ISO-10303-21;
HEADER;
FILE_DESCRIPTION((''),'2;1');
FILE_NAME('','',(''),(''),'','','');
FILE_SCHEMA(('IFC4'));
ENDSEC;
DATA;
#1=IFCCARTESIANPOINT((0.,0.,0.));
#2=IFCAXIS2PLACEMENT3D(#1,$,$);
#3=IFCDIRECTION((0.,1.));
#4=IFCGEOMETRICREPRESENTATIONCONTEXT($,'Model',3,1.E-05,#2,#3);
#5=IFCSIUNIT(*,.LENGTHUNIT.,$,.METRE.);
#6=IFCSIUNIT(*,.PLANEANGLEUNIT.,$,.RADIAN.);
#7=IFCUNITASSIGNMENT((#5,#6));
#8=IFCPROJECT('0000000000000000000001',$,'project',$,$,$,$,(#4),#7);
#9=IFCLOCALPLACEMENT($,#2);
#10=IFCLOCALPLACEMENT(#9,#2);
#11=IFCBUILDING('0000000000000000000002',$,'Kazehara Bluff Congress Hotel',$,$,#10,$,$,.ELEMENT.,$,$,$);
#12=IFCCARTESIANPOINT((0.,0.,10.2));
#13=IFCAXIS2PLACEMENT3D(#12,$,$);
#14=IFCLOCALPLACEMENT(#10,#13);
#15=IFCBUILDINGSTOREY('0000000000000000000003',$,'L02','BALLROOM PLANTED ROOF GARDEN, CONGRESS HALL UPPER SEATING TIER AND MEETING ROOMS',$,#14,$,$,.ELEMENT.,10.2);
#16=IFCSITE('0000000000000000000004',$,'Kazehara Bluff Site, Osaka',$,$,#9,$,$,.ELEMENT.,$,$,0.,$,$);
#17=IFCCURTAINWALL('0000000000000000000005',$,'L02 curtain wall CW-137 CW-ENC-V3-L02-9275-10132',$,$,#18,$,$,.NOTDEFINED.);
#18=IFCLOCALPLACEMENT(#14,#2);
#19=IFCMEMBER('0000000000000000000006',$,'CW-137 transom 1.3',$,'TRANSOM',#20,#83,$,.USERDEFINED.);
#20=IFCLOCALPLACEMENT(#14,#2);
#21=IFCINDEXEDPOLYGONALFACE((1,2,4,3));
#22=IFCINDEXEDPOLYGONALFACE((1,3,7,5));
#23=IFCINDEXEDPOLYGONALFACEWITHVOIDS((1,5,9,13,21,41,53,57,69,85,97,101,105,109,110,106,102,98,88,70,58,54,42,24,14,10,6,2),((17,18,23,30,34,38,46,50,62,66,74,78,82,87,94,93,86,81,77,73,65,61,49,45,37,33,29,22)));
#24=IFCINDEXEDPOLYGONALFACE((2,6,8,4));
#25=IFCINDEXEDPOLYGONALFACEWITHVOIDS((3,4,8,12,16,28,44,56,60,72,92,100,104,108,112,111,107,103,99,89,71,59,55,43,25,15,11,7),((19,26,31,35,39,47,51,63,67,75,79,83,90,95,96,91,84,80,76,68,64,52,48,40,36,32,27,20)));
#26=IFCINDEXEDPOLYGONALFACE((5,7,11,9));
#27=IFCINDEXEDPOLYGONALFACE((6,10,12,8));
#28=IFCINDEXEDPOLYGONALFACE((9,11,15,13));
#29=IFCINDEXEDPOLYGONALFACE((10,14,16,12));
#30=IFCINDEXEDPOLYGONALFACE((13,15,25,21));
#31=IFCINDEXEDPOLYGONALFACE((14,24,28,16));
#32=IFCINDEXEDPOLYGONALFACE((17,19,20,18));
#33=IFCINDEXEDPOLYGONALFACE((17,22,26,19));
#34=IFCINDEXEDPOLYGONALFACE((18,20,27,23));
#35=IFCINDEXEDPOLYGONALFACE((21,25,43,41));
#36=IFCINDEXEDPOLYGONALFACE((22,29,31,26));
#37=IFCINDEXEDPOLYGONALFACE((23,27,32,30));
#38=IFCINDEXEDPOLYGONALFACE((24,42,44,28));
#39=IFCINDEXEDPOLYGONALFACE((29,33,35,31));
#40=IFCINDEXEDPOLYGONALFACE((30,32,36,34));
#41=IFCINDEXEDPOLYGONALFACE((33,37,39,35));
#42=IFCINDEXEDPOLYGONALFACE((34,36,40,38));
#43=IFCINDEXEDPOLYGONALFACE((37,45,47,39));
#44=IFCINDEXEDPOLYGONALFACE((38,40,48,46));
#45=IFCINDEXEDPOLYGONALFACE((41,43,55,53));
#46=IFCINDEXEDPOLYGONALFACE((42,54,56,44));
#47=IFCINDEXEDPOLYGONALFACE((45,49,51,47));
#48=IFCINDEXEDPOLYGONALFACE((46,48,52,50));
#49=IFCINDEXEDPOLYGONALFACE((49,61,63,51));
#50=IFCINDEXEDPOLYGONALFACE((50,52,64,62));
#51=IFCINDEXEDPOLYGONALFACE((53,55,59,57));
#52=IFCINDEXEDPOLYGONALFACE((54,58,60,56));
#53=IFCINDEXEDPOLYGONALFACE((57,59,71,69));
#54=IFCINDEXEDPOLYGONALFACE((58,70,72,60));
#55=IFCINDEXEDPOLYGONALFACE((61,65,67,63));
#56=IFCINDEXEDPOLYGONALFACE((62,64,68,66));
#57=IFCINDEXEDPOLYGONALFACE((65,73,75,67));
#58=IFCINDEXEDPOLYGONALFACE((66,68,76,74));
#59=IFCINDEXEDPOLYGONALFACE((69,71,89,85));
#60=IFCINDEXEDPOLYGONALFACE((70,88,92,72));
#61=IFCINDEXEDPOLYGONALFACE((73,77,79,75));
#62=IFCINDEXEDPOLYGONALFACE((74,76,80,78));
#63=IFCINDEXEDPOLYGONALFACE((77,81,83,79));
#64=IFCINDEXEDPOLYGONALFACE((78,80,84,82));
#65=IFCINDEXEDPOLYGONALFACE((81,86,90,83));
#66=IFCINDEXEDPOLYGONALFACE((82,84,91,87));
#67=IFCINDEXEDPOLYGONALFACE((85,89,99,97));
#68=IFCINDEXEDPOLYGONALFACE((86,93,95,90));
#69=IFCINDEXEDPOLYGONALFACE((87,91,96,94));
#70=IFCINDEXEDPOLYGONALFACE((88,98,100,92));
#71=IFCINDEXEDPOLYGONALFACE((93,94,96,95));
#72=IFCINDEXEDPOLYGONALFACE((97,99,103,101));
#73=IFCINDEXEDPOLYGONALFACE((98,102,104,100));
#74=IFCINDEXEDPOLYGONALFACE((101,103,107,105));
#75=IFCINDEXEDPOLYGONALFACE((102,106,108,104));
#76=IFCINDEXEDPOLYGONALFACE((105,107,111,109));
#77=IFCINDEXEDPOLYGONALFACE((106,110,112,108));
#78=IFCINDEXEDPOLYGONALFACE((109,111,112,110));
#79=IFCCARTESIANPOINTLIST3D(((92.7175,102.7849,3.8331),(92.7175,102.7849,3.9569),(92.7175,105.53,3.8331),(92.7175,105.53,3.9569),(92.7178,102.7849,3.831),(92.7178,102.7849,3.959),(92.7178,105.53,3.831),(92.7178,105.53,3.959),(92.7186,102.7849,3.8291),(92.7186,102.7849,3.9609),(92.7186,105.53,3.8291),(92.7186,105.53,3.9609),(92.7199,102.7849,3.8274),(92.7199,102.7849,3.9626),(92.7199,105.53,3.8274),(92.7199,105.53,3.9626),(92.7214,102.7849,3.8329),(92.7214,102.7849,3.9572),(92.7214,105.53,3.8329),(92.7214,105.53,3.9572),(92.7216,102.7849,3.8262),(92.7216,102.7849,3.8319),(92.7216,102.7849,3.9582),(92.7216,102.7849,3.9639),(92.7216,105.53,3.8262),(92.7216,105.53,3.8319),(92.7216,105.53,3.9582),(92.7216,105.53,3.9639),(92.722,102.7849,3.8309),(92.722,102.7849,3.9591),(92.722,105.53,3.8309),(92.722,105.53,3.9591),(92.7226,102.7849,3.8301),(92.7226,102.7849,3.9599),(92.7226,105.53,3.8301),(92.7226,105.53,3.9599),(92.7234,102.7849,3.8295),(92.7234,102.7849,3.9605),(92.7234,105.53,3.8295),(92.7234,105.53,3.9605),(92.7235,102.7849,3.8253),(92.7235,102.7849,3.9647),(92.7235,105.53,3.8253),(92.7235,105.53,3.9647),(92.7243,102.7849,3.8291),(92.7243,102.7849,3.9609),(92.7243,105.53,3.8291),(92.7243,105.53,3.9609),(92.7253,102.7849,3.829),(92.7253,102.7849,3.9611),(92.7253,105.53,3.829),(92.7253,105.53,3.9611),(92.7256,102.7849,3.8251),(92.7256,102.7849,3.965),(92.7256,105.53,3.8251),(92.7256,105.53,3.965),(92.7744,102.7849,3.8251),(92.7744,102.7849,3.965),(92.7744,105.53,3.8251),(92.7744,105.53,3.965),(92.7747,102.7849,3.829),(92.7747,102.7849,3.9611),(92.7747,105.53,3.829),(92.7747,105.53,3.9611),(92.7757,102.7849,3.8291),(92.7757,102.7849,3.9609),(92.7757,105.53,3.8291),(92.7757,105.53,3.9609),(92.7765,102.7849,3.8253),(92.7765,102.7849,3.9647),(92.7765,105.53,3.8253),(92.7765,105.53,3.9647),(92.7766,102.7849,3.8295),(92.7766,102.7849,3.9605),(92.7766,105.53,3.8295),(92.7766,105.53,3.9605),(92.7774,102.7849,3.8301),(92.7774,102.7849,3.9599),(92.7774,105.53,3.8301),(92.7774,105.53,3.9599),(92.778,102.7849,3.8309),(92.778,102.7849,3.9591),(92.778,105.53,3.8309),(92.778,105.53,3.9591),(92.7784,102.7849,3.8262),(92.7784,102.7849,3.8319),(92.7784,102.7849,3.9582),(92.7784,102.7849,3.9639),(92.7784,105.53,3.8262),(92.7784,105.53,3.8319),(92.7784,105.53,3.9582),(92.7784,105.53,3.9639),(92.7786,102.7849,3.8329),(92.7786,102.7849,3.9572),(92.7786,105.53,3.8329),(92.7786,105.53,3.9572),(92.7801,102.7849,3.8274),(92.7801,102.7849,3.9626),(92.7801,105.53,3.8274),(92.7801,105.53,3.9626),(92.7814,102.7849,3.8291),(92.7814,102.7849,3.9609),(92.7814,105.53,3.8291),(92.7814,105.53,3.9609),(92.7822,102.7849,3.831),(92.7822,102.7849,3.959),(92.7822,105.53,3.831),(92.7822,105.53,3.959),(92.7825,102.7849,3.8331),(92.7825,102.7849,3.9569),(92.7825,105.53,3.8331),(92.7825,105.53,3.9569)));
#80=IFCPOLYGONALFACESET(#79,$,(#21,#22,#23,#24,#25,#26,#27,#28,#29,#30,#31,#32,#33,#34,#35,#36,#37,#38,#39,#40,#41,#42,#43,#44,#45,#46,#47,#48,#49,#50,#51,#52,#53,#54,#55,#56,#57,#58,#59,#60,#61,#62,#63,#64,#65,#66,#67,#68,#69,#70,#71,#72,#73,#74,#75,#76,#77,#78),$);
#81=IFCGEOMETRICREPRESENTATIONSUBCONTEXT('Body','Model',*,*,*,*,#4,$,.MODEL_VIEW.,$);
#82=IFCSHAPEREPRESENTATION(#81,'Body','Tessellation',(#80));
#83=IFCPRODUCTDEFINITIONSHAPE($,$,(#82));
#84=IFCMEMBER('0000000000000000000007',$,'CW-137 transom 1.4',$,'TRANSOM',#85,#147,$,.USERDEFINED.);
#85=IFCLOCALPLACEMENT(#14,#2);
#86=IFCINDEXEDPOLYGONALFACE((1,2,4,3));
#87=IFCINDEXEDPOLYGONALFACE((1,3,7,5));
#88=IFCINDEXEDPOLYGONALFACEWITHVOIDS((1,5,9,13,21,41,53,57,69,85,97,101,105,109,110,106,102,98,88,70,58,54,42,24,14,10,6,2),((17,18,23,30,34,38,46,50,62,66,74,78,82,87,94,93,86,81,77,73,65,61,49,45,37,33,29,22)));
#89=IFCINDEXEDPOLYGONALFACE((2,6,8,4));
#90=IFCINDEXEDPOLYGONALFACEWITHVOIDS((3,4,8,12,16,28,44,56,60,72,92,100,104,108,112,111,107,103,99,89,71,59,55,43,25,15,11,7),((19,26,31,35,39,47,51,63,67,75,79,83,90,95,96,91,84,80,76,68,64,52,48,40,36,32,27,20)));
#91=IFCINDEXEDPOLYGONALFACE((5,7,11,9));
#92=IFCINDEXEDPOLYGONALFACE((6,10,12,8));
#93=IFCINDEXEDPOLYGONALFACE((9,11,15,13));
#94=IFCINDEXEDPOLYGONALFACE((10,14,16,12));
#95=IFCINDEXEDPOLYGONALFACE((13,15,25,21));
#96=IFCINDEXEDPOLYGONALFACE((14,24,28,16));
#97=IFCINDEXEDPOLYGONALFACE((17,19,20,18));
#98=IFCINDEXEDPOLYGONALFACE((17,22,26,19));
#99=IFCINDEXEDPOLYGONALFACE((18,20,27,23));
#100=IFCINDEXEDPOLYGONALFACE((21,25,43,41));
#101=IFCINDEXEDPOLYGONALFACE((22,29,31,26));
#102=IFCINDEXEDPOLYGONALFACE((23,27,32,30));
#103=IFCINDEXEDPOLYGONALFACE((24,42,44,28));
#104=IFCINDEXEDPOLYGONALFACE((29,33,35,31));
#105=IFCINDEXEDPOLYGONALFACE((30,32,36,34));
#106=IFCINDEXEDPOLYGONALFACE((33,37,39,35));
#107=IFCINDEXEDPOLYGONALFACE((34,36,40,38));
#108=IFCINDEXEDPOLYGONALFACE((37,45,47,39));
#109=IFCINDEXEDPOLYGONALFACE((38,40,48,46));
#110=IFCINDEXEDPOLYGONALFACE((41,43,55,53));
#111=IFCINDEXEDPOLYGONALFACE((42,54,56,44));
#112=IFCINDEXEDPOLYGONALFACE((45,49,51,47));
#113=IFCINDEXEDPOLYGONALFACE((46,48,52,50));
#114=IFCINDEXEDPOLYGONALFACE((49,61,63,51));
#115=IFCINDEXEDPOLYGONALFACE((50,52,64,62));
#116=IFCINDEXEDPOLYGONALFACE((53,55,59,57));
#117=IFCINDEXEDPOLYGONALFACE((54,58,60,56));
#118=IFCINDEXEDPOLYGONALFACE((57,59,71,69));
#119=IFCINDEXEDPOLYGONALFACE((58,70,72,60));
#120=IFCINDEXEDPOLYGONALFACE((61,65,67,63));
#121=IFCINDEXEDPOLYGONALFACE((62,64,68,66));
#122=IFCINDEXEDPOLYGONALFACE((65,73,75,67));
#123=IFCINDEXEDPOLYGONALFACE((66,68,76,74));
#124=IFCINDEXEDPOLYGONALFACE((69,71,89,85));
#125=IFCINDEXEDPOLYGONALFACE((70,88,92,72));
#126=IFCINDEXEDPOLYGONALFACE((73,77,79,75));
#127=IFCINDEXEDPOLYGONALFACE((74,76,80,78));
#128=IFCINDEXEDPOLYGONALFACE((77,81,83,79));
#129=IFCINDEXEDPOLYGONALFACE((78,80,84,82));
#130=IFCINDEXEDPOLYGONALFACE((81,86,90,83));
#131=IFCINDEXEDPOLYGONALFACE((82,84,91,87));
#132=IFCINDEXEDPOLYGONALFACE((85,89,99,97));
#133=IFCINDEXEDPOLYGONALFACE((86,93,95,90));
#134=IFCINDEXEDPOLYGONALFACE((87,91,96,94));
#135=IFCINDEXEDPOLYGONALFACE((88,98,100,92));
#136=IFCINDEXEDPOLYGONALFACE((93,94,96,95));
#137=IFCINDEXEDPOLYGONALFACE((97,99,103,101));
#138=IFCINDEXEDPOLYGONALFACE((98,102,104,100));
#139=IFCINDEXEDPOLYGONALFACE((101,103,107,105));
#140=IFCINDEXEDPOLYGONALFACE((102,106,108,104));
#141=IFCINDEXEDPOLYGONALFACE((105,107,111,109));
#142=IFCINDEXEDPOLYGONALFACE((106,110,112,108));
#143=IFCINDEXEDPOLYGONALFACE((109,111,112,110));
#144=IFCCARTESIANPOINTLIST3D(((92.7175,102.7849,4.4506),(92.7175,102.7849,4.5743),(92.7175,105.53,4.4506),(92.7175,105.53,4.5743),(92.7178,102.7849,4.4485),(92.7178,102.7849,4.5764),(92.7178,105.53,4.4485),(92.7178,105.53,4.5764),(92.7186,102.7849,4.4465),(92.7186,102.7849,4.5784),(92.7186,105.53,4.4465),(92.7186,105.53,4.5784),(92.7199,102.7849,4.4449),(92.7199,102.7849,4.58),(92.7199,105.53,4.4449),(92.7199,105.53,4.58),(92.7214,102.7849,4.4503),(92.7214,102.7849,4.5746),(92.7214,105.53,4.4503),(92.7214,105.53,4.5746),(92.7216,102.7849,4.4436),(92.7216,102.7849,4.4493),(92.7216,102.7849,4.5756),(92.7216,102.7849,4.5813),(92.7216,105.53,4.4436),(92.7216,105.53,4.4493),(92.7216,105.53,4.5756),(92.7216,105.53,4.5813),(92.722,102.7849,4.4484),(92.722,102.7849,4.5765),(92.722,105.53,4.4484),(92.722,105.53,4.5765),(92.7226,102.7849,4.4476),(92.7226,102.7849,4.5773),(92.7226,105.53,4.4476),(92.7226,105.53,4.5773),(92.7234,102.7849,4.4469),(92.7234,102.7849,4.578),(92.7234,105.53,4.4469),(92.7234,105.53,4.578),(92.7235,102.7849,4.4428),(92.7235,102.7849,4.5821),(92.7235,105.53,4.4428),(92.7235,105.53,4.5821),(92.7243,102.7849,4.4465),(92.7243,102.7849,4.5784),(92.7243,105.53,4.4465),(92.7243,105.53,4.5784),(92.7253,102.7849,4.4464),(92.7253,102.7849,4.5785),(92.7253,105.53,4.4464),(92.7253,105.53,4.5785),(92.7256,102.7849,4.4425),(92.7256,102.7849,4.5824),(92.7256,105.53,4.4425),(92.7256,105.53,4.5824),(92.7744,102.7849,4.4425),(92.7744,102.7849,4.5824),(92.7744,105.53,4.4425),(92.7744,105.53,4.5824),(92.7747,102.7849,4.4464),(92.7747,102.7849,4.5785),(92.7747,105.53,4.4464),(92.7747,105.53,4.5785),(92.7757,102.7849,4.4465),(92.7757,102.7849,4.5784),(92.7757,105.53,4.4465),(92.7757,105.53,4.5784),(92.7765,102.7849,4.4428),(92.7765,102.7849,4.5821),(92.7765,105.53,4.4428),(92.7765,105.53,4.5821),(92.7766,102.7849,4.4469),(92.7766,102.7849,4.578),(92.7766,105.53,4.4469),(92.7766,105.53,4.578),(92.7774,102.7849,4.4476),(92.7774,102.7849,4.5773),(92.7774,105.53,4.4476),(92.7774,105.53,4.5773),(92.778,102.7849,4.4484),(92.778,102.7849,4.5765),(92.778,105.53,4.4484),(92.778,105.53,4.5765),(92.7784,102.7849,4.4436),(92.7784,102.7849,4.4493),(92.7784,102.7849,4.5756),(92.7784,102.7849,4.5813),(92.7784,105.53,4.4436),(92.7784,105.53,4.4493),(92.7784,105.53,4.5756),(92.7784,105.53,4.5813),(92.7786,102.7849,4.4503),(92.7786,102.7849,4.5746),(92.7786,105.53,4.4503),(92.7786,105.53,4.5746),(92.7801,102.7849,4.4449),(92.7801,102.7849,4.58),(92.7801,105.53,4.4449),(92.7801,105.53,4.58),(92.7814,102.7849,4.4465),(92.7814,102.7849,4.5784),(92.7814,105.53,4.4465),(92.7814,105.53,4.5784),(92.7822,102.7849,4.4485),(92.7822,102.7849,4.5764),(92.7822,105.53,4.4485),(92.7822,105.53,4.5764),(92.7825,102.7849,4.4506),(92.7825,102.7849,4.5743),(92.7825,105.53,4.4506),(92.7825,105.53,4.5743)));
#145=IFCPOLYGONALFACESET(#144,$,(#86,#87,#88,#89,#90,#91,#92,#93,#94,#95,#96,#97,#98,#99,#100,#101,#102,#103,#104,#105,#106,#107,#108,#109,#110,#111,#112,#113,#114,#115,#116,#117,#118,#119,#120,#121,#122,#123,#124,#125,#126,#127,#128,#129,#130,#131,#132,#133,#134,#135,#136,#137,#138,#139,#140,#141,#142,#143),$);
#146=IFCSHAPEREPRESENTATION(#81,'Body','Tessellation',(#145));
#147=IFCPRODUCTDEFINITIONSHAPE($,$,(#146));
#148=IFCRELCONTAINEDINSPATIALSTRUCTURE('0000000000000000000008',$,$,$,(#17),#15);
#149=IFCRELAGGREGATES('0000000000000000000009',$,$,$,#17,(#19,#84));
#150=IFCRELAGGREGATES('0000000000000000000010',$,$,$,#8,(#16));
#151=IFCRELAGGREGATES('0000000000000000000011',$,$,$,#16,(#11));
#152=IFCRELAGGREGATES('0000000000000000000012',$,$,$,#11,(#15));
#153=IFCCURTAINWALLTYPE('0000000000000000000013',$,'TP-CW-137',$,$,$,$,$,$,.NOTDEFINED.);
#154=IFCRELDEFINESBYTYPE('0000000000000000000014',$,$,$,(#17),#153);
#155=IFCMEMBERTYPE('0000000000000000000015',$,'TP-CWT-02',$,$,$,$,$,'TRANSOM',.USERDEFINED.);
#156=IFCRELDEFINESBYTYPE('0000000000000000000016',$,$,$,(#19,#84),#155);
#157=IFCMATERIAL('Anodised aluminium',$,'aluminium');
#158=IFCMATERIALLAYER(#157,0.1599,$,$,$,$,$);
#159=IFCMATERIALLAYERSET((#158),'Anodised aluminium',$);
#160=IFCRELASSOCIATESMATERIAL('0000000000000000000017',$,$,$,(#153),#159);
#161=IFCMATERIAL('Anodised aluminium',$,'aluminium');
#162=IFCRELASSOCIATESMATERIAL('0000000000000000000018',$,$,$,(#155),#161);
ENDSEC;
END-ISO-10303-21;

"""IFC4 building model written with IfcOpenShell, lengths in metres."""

from ifc_helpers import new_model, si_unit, direction, frame, origin, origin_2d, place, context, subcontext, project, spatial, hollow_rectangle, extrude, material, layer, layer_set, material_profile, profile_set, type_object, element, aggregate, save


model = new_model("IFC4")

# Units and contexts
model_context = context("Model", 3, precision=1e-05, world=origin(), true_north=direction((0.0, 1.0)))
body_context = subcontext(model_context, "Body", "Model", "MODEL_VIEW")
ifc_project = project(units=[si_unit("LENGTHUNIT", "METRE"), si_unit("PLANEANGLEUNIT", "RADIAN")], contexts=[model_context])

# Site, building, storey
site_placement = place(None, origin())
site = spatial("IfcSite", under=ifc_project, at=site_placement, Name="Kazehara Bluff Site, Osaka", CompositionType="ELEMENT", RefElevation=0.0)
building_placement = place(site_placement, origin())
building = spatial("IfcBuilding", under=site, at=building_placement, Name="Kazehara Bluff Congress Hotel", CompositionType="ELEMENT")
storey_placement = place(building_placement, frame((0.0, 0.0, 10.2)))
storey = spatial("IfcBuildingStorey", under=building, at=storey_placement, Name="L02", Description="BALLROOM PLANTED ROOF GARDEN, CONGRESS HALL UPPER SEATING TIER AND MEETING ROOMS", CompositionType="ELEMENT", Elevation=10.2)

# Curtain wall
ifc_material_1 = material(Name="Anodised aluminium", Category="aluminium")
ifc_layer_1 = layer(ifc_material_1, 0.1599)
ifc_layer_set_1 = layer_set([ifc_layer_1], Name="Anodised aluminium")
curtain_wall_type_1 = type_object("IfcCurtainWallType", Name="TP-CW-137", PredefinedType="NOTDEFINED", material=ifc_layer_set_1)
curtain_wall_1_placement = place(storey_placement, origin())
curtain_wall_1 = element("IfcCurtainWall", 1, at=curtain_wall_1_placement, inside=storey, type_object=curtain_wall_type_1, Name="L02 curtain wall CW-137 CW-ENC-V3-L02-9275-10132", PredefinedType="NOTDEFINED")

# Members
ifc_material_2 = material(Name="Anodised aluminium", Category="aluminium")
ifc_material_profile_1 = material_profile(ifc_material_2, hollow_rectangle(XDim=0.0649, YDim=0.1399, WallThickness=0.0039, InnerFilletRadius=0.0039, OuterFilletRadius=0.0081, at=origin_2d()))
ifc_profile_set_1 = profile_set([ifc_material_profile_1], Name="Anodised aluminium")
member_type_1 = type_object("IfcMemberType", Name="TP-CWT-02", ElementType="TRANSOM", PredefinedType="USERDEFINED", material=ifc_profile_set_1)
member_1_placement = place(storey_placement, frame((92.75, 105.53, 3.895), z_axis=(0.0, -1.0, 0.0), x_axis=(1.0, 0.0, 0.0)))
member_1 = element("IfcMember", 2, at=member_1_placement, type_object=member_type_1, Name="CW-137 transom 1.3", ObjectType="TRANSOM", PredefinedType="USERDEFINED", context=body_context, shape_type="SweptSolid", body=[
    extrude(hollow_rectangle(XDim=0.0649, YDim=0.1399, WallThickness=0.0039, InnerFilletRadius=0.0039, OuterFilletRadius=0.0081, at=origin_2d()), origin(), (0.0, 0.0, 1.0), 2.7451),
])
member_2_placement = place(storey_placement, frame((92.75, 105.53, 4.5125), z_axis=(0.0, -1.0, 0.0), x_axis=(1.0, 0.0, 0.0)))
member_2 = element("IfcMember", 3, at=member_2_placement, type_object=member_type_1, Name="CW-137 transom 1.4", ObjectType="TRANSOM", PredefinedType="USERDEFINED", context=body_context, shape_type="SweptSolid", body=[
    extrude(hollow_rectangle(XDim=0.0649, YDim=0.1399, WallThickness=0.0039, InnerFilletRadius=0.0039, OuterFilletRadius=0.0081, at=origin_2d()), origin(), (0.0, 0.0, 1.0), 2.7451),
])

aggregate(curtain_wall_1, [member_1, member_2])

save(model, "model.ifc")
